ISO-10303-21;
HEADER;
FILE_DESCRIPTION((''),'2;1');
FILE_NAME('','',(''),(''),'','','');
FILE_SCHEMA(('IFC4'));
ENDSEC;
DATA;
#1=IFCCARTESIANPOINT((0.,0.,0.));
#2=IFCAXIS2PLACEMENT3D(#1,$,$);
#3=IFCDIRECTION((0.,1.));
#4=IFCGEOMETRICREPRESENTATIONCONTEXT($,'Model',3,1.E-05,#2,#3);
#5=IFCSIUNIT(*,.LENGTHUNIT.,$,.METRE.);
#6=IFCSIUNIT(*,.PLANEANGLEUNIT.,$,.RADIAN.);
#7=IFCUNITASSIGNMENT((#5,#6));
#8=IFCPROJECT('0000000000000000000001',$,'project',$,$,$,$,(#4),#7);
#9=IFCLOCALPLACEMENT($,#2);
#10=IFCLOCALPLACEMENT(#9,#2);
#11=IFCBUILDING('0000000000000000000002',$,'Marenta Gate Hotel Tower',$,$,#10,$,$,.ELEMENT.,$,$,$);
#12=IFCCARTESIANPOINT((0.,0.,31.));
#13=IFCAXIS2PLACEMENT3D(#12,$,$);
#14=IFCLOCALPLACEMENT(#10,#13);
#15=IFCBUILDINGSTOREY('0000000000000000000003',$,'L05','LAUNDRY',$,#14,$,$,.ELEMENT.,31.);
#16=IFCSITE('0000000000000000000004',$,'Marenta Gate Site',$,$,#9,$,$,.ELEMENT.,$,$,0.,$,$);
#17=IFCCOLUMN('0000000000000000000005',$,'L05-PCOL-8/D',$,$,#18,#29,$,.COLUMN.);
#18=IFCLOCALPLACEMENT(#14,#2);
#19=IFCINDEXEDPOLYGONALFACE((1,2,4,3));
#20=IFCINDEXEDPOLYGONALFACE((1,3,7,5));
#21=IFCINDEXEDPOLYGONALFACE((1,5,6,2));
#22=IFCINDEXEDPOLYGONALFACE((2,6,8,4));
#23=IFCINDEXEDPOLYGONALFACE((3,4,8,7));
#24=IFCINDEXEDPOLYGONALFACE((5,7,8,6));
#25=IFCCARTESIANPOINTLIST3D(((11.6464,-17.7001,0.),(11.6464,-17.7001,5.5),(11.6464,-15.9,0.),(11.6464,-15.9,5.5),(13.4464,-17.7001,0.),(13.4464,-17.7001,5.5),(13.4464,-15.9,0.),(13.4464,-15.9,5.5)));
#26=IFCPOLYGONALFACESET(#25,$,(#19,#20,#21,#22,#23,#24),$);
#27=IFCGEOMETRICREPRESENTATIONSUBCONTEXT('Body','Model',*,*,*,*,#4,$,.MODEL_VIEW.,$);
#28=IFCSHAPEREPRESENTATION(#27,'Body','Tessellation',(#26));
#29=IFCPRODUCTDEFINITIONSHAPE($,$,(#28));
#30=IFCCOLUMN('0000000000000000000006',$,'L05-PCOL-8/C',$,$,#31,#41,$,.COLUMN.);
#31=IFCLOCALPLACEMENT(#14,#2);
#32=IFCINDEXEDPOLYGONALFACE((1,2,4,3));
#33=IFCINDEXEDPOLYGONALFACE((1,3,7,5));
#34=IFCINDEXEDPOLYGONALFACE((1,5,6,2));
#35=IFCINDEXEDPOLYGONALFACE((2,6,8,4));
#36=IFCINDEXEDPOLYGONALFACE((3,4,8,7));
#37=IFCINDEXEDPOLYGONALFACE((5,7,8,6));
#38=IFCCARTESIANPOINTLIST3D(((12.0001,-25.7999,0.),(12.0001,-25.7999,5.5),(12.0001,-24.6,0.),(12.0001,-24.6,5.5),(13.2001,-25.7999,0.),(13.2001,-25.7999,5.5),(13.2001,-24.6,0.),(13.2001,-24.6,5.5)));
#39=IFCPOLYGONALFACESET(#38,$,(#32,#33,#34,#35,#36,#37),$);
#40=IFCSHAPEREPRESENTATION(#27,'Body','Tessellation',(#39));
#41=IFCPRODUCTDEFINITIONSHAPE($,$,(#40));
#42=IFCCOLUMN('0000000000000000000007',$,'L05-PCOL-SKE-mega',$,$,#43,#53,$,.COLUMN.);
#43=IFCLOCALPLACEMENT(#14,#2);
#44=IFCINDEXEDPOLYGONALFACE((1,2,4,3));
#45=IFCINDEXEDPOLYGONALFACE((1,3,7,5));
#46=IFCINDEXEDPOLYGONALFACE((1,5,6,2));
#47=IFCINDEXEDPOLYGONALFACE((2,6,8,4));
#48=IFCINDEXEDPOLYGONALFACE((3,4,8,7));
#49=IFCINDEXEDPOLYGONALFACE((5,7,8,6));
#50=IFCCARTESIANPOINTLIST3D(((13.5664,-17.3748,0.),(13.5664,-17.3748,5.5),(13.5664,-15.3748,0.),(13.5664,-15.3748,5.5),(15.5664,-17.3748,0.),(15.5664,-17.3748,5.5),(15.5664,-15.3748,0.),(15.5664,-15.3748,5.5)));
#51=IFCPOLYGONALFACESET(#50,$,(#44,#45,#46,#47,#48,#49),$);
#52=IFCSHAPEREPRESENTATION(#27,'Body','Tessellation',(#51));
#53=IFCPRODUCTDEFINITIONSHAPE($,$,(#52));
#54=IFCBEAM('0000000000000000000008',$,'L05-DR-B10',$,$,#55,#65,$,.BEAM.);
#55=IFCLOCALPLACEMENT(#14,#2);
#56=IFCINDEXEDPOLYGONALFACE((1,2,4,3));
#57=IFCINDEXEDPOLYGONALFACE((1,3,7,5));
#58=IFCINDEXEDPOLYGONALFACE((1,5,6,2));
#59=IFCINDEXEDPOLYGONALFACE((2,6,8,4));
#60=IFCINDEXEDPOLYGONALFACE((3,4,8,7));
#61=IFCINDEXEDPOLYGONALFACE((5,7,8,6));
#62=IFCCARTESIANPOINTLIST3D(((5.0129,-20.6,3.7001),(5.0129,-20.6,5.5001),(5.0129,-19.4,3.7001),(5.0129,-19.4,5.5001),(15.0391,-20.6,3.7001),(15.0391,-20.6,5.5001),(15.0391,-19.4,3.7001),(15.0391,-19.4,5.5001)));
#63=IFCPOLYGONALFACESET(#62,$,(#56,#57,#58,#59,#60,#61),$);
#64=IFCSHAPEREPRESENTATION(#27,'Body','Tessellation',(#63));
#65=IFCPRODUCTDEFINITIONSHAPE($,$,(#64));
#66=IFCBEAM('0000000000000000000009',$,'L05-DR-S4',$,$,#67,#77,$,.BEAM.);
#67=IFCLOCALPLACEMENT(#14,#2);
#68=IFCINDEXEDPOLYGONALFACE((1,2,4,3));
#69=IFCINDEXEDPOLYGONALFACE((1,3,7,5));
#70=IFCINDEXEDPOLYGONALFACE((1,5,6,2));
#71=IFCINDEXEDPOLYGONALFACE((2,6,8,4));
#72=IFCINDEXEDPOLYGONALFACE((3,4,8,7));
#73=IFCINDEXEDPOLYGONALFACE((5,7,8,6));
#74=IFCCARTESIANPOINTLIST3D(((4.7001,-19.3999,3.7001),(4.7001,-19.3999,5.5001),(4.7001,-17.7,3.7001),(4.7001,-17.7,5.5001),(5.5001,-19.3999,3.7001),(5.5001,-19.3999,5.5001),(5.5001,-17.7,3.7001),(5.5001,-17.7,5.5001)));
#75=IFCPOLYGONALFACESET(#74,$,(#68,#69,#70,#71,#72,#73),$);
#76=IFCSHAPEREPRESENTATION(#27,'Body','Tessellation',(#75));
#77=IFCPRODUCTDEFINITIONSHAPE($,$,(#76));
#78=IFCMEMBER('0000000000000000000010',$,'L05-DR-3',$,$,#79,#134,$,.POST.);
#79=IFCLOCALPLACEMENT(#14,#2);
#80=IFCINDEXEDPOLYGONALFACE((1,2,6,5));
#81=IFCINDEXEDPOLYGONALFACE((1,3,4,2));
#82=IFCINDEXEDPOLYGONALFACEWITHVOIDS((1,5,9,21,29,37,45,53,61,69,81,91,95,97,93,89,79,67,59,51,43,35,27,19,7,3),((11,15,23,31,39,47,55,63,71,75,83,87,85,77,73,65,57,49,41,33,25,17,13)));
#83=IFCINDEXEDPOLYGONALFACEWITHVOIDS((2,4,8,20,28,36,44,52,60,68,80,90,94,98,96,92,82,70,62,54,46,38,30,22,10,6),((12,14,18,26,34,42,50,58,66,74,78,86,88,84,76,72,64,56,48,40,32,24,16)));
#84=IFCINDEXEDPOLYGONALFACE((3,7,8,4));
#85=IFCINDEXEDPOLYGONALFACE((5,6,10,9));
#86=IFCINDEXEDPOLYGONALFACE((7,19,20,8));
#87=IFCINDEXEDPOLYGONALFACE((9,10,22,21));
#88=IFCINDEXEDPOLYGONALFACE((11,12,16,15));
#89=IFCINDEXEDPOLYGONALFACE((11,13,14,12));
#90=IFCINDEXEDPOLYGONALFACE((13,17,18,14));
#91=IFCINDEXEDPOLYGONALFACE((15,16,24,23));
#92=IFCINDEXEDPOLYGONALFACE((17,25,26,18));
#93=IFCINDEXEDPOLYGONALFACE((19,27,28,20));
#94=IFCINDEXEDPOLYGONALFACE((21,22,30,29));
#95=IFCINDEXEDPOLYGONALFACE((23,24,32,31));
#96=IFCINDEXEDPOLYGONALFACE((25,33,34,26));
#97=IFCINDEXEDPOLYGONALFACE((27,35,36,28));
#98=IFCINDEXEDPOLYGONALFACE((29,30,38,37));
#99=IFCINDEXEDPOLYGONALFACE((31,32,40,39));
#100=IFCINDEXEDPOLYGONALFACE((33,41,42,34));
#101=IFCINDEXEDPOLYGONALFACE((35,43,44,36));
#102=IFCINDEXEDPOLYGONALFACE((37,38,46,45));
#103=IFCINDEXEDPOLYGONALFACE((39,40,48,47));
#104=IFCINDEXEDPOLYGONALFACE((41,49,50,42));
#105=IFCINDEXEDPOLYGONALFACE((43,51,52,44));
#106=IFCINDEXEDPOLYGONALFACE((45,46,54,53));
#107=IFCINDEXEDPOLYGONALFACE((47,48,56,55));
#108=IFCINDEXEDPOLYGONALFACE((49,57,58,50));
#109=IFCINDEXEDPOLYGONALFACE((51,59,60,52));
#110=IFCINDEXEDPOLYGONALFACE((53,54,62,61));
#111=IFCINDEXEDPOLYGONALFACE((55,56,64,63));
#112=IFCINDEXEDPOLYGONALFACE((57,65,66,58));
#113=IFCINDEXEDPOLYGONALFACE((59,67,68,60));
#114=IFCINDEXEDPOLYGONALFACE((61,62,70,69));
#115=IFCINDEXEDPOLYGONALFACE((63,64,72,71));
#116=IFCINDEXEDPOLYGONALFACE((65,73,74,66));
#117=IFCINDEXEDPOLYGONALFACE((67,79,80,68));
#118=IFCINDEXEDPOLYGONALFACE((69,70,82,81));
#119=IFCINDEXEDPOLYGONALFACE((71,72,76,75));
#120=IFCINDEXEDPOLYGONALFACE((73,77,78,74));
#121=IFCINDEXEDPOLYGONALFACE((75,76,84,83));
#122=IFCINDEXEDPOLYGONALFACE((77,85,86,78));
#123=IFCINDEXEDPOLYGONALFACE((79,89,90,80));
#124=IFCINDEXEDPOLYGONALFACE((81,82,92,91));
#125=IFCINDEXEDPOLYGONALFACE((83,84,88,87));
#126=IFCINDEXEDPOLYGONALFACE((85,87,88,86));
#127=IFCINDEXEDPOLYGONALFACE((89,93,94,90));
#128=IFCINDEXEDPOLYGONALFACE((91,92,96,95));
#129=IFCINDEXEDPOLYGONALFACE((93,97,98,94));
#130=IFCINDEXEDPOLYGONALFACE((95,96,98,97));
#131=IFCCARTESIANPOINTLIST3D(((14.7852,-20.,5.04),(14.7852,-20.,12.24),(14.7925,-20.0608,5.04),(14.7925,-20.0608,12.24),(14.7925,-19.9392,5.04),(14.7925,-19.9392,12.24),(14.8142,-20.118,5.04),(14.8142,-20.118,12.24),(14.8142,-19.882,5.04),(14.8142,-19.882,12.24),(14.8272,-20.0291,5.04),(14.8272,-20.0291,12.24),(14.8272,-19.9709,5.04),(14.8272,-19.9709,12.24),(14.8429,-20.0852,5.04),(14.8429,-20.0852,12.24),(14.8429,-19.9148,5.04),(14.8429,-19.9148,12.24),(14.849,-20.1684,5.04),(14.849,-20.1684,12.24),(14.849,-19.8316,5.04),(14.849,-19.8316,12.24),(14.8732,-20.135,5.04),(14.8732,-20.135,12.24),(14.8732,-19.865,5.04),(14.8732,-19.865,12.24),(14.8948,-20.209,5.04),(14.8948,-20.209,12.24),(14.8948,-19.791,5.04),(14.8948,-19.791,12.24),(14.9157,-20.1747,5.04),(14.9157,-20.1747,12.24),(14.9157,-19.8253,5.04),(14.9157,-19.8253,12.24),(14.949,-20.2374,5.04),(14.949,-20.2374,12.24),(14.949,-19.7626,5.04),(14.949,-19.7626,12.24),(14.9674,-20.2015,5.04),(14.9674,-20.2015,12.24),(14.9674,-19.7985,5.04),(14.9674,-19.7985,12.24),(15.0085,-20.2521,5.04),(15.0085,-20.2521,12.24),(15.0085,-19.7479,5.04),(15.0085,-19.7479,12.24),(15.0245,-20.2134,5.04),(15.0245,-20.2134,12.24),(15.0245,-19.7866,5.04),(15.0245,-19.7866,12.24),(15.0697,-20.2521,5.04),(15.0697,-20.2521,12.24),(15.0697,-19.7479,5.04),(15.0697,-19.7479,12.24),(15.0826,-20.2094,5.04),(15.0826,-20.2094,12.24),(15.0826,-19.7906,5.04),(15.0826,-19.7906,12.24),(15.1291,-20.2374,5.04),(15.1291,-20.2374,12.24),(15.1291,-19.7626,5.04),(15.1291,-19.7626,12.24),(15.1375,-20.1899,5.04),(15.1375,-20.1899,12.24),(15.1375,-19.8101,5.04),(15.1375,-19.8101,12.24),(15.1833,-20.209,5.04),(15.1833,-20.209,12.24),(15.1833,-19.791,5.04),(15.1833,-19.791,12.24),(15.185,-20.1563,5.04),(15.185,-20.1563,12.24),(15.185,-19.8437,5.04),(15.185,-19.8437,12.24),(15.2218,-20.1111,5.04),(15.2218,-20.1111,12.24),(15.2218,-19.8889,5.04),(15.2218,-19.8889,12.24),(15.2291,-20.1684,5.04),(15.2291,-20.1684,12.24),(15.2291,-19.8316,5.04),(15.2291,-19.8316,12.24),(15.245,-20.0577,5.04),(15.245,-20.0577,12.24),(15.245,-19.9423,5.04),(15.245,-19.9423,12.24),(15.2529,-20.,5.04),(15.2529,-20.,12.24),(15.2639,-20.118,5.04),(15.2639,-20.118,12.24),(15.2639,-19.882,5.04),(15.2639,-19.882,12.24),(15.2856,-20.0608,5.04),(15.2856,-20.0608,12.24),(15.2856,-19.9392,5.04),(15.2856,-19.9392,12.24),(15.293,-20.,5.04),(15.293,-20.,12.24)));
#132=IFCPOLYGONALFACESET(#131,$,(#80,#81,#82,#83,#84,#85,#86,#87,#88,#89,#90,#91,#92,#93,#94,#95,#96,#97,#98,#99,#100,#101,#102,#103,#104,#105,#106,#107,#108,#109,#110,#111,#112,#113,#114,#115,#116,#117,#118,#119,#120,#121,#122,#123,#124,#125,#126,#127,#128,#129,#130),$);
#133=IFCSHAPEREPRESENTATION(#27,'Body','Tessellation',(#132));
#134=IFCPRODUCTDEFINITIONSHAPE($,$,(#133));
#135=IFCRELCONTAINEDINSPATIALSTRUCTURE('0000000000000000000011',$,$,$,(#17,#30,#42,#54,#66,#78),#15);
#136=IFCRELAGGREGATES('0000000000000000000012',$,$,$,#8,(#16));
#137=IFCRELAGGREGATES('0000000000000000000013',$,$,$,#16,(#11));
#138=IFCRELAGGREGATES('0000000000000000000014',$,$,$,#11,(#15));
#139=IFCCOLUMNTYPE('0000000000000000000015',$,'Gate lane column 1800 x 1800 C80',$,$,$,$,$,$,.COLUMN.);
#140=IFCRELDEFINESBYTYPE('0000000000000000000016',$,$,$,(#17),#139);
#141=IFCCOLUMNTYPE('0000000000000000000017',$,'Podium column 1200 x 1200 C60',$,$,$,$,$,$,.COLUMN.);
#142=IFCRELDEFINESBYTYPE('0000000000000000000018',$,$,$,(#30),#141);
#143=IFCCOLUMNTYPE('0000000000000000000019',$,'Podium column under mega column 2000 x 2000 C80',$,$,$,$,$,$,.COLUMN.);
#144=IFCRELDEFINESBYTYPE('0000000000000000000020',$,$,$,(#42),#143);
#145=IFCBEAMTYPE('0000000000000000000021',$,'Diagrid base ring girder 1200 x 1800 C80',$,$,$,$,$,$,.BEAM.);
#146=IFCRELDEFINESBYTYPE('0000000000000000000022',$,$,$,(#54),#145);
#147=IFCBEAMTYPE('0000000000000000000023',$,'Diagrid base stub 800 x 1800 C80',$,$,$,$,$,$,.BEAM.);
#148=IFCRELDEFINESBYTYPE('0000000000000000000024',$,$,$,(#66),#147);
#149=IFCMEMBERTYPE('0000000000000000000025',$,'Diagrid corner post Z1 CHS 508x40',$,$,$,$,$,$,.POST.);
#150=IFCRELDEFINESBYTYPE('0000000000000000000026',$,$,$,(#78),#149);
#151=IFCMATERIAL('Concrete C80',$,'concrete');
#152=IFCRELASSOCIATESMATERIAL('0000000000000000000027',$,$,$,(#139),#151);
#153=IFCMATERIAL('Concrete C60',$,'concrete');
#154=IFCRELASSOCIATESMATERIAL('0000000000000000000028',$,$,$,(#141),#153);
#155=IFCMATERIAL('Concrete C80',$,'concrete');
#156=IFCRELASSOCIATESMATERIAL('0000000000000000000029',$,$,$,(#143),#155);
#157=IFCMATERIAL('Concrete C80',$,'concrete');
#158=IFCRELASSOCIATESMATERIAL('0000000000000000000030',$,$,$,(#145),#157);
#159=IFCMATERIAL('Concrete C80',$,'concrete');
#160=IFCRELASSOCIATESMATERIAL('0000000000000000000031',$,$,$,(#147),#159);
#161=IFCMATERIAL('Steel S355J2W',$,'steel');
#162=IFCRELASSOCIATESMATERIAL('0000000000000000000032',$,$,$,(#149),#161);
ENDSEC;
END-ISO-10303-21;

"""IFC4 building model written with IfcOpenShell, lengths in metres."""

from ifc_helpers import new_model, si_unit, direction, frame, origin, origin_2d, place, context, subcontext, project, spatial, rectangle, hollow_circle, extrude, material, material_profile, profile_set, type_object, element, save


model = new_model("IFC4")

# Units and contexts
model_context = context("Model", 3, precision=1e-05, world=origin(), true_north=direction((0.0, 1.0)))
body_context = subcontext(model_context, "Body", "Model", "MODEL_VIEW")
ifc_project = project(units=[si_unit("LENGTHUNIT", "METRE"), si_unit("PLANEANGLEUNIT", "RADIAN")], contexts=[model_context])

# Site, building, storey
site_placement = place(None, origin())
site = spatial("IfcSite", under=ifc_project, at=site_placement, Name="Marenta Gate Site", CompositionType="ELEMENT", RefElevation=0.0)
building_placement = place(site_placement, origin())
building = spatial("IfcBuilding", under=site, at=building_placement, Name="Marenta Gate Hotel Tower", CompositionType="ELEMENT")
storey_placement = place(building_placement, frame((0.0, 0.0, 31.0)))
storey = spatial("IfcBuildingStorey", under=building, at=storey_placement, Name="L05", Description="LAUNDRY", CompositionType="ELEMENT", Elevation=31.0)

# Columns
ifc_material_1 = material(Name="Concrete C80", Category="concrete")
ifc_material_profile_1 = material_profile(ifc_material_1, rectangle(XDim=1.8, YDim=1.8, at=origin_2d()), Name="1800 x 1800")
ifc_profile_set_1 = profile_set([ifc_material_profile_1], Name="Concrete C80")
column_type_1 = type_object("IfcColumnType", Name="Gate lane column 1800 x 1800 C80", PredefinedType="COLUMN", material=ifc_profile_set_1)
column_1_placement = place(storey_placement, frame((12.5464, -16.8, 0.0), z_axis=(0.0, 0.0, 1.0), x_axis=(1.0, 0.0, 0.0)))
element("IfcColumn", 1, at=column_1_placement, inside=storey, type_object=column_type_1, Name="L05-PCOL-8/D", PredefinedType="COLUMN", context=body_context, shape_type="SweptSolid", body=[
    extrude(rectangle(XDim=1.8, YDim=1.8, at=origin_2d()), origin(), (0.0, 0.0, 1.0), 5.5),
])
ifc_material_2 = material(Name="Concrete C60", Category="concrete")
ifc_material_profile_2 = material_profile(ifc_material_2, rectangle(XDim=1.2, YDim=1.2, at=origin_2d()), Name="1200 x 1200")
ifc_profile_set_2 = profile_set([ifc_material_profile_2], Name="Concrete C60")
column_type_2 = type_object("IfcColumnType", Name="Podium column 1200 x 1200 C60", PredefinedType="COLUMN", material=ifc_profile_set_2)
column_2_placement = place(storey_placement, frame((12.6001, -25.2, 0.0), z_axis=(0.0, 0.0, 1.0), x_axis=(1.0, 0.0, 0.0)))
element("IfcColumn", 2, at=column_2_placement, inside=storey, type_object=column_type_2, Name="L05-PCOL-8/C", PredefinedType="COLUMN", context=body_context, shape_type="SweptSolid", body=[
    extrude(rectangle(XDim=1.2, YDim=1.2, at=origin_2d()), origin(), (0.0, 0.0, 1.0), 5.5),
])
ifc_material_3 = material(Name="Concrete C80", Category="concrete")
ifc_material_profile_3 = material_profile(ifc_material_3, rectangle(XDim=2.0, YDim=2.0, at=origin_2d()), Name="2000 x 2000")
ifc_profile_set_3 = profile_set([ifc_material_profile_3], Name="Concrete C80")
column_type_3 = type_object("IfcColumnType", Name="Podium column under mega column 2000 x 2000 C80", PredefinedType="COLUMN", material=ifc_profile_set_3)
column_3_placement = place(storey_placement, frame((14.5664, -16.3748, 0.0), z_axis=(0.0, 0.0, 1.0), x_axis=(1.0, 0.0, 0.0)))
element("IfcColumn", 3, at=column_3_placement, inside=storey, type_object=column_type_3, Name="L05-PCOL-SKE-mega", PredefinedType="COLUMN", context=body_context, shape_type="SweptSolid", body=[
    extrude(rectangle(XDim=2.0, YDim=2.0, at=origin_2d()), origin(), (0.0, 0.0, 1.0), 5.5),
])

# Beams
ifc_material_4 = material(Name="Concrete C80", Category="concrete")
ifc_material_profile_4 = material_profile(ifc_material_4, rectangle(XDim=1.2, YDim=1.8, at=origin_2d()), Name="1200 x 1800")
ifc_profile_set_4 = profile_set([ifc_material_profile_4], Name="Concrete C80")
beam_type_1 = type_object("IfcBeamType", Name="Diagrid base ring girder 1200 x 1800 C80", PredefinedType="BEAM", material=ifc_profile_set_4)
beam_1_placement = place(storey_placement, frame((15.0391, -20.0, 4.6001), z_axis=(-1.0, 0.0, 0.0), x_axis=(0.0, -1.0, 0.0)))
element("IfcBeam", 4, at=beam_1_placement, inside=storey, type_object=beam_type_1, Name="L05-DR-B10", PredefinedType="BEAM", context=body_context, shape_type="SweptSolid", body=[
    extrude(rectangle(XDim=1.2, YDim=1.8, at=origin_2d()), origin(), (0.0, 0.0, 1.0), 10.0261),
])
ifc_material_5 = material(Name="Concrete C80", Category="concrete")
ifc_material_profile_5 = material_profile(ifc_material_5, rectangle(XDim=0.8, YDim=1.8, at=origin_2d()), Name="800 x 1800")
ifc_profile_set_5 = profile_set([ifc_material_profile_5], Name="Concrete C80")
beam_type_2 = type_object("IfcBeamType", Name="Diagrid base stub 800 x 1800 C80", PredefinedType="BEAM", material=ifc_profile_set_5)
beam_2_placement = place(storey_placement, frame((5.1001, -17.7, 4.6001), z_axis=(0.0, -1.0, 0.0), x_axis=(1.0, 0.0, 0.0)))
element("IfcBeam", 5, at=beam_2_placement, inside=storey, type_object=beam_type_2, Name="L05-DR-S4", PredefinedType="BEAM", context=body_context, shape_type="SweptSolid", body=[
    extrude(rectangle(XDim=0.8, YDim=1.8, at=origin_2d()), origin(), (0.0, 0.0, 1.0), 1.7),
])

# Member
ifc_material_6 = material(Name="Steel S355J2W", Category="steel")
ifc_material_profile_6 = material_profile(ifc_material_6, hollow_circle(Radius=0.2539, WallThickness=0.04, at=origin_2d()), Name="CHS 508x40")
ifc_profile_set_6 = profile_set([ifc_material_profile_6], Name="Steel S355J2W")
member_type_1 = type_object("IfcMemberType", Name="Diagrid corner post Z1 CHS 508x40", PredefinedType="POST", material=ifc_profile_set_6)
member_1_placement = place(storey_placement, frame((15.0391, -20.0, 5.04), z_axis=(0.0, 0.0, 1.0), x_axis=(1.0, 0.0, 0.0)))
element("IfcMember", 6, at=member_1_placement, inside=storey, type_object=member_type_1, Name="L05-DR-3", PredefinedType="POST", context=body_context, shape_type="SweptSolid", body=[
    extrude(hollow_circle(Radius=0.2539, WallThickness=0.04, at=origin_2d()), origin(), (0.0, 0.0, 1.0), 7.2),
])

save(model, "model.ifc")
